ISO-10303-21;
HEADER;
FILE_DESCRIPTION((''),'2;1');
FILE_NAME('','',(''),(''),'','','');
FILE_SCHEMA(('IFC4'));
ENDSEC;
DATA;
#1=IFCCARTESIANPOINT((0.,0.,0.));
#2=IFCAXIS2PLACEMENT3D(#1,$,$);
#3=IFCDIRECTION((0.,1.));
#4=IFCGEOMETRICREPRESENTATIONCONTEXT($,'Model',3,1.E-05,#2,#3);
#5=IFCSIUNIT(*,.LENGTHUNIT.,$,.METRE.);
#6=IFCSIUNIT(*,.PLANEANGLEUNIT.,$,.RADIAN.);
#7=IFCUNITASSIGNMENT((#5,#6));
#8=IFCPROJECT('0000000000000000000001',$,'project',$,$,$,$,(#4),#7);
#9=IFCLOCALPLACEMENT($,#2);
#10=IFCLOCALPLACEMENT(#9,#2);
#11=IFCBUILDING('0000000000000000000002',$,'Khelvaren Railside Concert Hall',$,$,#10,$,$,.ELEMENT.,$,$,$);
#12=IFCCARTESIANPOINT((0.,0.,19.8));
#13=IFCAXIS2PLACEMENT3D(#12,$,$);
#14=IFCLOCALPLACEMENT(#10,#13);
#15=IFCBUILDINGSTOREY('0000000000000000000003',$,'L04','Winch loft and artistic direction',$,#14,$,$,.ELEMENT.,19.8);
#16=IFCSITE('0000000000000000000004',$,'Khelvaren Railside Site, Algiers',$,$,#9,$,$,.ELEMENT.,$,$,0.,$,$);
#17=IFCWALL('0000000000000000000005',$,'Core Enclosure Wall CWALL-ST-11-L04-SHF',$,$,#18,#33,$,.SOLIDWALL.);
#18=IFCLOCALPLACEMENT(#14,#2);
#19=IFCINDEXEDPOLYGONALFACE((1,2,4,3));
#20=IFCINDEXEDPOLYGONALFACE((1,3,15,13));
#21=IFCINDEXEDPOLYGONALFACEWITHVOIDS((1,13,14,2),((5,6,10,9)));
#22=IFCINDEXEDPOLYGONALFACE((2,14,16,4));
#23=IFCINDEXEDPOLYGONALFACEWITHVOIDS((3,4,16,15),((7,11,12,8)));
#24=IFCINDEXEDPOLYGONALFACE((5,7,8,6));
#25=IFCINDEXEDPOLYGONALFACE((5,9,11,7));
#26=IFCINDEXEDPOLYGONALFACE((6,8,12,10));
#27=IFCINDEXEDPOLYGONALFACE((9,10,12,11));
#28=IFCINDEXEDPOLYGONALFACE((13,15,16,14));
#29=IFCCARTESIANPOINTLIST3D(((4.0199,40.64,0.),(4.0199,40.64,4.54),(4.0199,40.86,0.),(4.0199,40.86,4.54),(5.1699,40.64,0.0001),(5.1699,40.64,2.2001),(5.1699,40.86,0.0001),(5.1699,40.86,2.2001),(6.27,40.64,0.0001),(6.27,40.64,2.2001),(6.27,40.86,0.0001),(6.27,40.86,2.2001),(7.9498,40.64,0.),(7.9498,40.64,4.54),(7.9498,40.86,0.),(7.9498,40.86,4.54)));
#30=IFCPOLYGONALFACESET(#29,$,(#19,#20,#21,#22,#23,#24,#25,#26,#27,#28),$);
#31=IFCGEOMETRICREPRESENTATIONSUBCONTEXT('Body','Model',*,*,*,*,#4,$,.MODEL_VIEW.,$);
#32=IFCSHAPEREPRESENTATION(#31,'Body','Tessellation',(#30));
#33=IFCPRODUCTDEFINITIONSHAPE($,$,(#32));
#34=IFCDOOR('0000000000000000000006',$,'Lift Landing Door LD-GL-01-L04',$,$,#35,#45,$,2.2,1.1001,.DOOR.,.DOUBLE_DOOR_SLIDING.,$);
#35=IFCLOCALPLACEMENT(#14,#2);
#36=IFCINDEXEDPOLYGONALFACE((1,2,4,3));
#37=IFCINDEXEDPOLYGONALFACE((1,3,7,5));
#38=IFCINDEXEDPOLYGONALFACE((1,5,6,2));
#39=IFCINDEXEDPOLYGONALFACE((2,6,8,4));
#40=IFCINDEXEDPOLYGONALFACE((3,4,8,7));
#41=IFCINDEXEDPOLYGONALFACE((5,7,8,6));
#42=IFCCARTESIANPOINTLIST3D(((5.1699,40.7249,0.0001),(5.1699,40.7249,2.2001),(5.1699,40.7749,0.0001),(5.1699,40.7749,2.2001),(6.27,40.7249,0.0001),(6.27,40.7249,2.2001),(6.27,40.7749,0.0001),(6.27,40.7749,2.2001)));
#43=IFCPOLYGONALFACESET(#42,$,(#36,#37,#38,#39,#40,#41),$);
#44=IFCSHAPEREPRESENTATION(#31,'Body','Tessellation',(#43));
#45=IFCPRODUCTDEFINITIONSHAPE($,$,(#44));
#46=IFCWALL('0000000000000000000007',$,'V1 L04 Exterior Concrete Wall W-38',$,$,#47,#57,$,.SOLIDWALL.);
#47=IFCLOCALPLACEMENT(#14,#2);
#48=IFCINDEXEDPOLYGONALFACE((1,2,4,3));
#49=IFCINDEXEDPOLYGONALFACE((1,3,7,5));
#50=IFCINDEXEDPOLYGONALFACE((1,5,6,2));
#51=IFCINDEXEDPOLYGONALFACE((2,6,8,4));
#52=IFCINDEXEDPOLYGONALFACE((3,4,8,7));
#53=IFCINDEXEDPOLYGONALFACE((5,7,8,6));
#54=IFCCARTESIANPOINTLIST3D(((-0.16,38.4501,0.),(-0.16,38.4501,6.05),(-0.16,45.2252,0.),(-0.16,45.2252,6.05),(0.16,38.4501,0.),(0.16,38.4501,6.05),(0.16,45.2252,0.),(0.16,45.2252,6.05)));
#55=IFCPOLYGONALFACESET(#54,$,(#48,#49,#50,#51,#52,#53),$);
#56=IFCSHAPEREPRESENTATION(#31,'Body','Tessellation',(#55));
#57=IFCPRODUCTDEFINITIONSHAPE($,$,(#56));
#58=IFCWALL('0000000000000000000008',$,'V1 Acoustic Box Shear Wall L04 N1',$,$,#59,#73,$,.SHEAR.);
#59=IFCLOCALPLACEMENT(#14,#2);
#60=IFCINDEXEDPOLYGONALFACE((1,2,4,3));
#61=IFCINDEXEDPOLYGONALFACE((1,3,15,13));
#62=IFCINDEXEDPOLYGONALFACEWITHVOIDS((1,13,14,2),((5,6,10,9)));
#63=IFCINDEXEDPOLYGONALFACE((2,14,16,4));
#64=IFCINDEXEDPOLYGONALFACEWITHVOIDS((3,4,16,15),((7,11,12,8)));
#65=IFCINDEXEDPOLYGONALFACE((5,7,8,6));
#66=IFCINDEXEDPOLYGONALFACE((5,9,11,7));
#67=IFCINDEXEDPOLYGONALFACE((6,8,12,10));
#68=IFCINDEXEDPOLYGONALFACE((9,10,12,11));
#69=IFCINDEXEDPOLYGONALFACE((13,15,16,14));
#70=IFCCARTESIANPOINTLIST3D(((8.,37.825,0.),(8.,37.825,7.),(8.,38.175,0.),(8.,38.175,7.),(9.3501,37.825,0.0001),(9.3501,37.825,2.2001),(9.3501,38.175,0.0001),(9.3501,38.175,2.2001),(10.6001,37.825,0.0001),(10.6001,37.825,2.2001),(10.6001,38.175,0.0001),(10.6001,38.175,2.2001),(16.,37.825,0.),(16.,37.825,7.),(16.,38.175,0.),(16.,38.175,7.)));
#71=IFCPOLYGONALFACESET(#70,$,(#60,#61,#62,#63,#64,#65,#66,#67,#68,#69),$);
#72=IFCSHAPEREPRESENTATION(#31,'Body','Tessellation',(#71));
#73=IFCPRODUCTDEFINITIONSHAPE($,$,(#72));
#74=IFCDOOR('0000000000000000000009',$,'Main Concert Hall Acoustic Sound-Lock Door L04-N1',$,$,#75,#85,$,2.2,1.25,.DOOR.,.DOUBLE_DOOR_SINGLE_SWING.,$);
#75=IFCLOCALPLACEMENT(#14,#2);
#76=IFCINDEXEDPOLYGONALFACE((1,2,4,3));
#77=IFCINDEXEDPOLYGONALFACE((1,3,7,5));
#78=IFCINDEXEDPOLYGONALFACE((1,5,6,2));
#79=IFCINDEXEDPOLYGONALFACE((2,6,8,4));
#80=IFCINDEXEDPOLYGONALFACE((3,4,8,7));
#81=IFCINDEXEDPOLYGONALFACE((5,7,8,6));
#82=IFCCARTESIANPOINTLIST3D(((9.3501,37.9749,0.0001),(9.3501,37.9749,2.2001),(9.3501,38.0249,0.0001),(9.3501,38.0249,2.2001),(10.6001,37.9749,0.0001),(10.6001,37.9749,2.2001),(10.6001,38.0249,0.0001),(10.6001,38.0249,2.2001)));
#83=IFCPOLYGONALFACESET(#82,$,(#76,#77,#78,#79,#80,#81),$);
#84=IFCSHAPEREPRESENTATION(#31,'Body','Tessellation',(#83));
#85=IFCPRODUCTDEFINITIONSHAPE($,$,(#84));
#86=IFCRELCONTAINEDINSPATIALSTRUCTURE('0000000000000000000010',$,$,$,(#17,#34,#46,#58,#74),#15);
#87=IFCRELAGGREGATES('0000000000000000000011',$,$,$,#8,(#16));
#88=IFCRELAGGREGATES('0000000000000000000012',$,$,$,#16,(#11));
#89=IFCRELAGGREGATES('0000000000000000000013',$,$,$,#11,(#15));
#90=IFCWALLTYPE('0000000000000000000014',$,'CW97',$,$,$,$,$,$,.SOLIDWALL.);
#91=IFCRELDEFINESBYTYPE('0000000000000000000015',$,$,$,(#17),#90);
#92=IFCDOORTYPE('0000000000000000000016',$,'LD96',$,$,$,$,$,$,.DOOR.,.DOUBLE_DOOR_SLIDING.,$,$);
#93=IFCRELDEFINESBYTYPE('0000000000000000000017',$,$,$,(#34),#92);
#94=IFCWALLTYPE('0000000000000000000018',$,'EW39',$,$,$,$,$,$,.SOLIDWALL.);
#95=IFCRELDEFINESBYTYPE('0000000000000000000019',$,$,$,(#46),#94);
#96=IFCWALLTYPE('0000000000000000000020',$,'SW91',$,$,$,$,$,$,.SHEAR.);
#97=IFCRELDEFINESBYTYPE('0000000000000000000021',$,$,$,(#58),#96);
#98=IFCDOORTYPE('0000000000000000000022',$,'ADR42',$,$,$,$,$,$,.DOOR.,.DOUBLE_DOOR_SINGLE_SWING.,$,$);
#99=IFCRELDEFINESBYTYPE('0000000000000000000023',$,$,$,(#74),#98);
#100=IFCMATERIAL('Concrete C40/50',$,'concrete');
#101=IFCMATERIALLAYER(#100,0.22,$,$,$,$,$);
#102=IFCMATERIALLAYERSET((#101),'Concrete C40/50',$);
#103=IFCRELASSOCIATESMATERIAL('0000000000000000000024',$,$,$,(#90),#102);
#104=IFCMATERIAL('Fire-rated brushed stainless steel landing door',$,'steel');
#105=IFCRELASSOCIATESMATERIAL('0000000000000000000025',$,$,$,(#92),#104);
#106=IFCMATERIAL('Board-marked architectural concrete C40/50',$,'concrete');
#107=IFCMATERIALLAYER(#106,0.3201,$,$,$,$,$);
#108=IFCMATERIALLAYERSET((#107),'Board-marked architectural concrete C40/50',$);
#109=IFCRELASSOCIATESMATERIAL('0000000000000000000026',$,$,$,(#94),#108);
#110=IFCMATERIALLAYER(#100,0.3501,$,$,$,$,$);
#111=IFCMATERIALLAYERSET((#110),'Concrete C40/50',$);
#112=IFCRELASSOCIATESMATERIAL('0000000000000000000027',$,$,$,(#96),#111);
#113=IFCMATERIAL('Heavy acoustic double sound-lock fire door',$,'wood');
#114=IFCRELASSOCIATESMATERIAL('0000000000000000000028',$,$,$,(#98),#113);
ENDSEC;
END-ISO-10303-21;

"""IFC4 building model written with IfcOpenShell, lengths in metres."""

from ifc_helpers import new_model, si_unit, direction, frame, frame_2d, origin, place, context, subcontext, project, spatial, rectangle, extrude, material, layer, layer_set, type_object, element, fill, save


model = new_model("IFC4")

# Units and contexts
model_context = context("Model", 3, precision=1e-05, world=origin(), true_north=direction((0.0, 1.0)))
body_context = subcontext(model_context, "Body", "Model", "MODEL_VIEW")
ifc_project = project(units=[si_unit("LENGTHUNIT", "METRE"), si_unit("PLANEANGLEUNIT", "RADIAN")], contexts=[model_context])

# Site, building, storey
site_placement = place(None, origin())
site = spatial("IfcSite", under=ifc_project, at=site_placement, Name="Khelvaren Railside Site, Algiers", CompositionType="ELEMENT", RefElevation=0.0)
building_placement = place(site_placement, origin())
building = spatial("IfcBuilding", under=site, at=building_placement, Name="Khelvaren Railside Concert Hall", CompositionType="ELEMENT")
storey_placement = place(building_placement, frame((0.0, 0.0, 19.8)))
storey = spatial("IfcBuildingStorey", under=building, at=storey_placement, Name="L04", Description="Winch loft and artistic direction", CompositionType="ELEMENT", Elevation=19.8)

# Shared definitions
ifc_material_1 = material(Name="Concrete C40/50", Category="concrete")

# Wall, opening, door
ifc_layer_1 = layer(ifc_material_1, 0.22)
ifc_layer_set_1 = layer_set([ifc_layer_1], Name="Concrete C40/50")
wall_type_1 = type_object("IfcWallType", Name="CW97", PredefinedType="SOLIDWALL", material=ifc_layer_set_1)
wall_1_placement = place(storey_placement, frame((4.02, 40.75, 0.0), z_axis=(0.0, 0.0, 1.0), x_axis=(1.0, 0.0, 0.0)))
wall_1 = element("IfcWall", 1, at=wall_1_placement, inside=storey, type_object=wall_type_1, Name="Core Enclosure Wall CWALL-ST-11-L04-SHF", PredefinedType="SOLIDWALL", context=body_context, shape_type="SweptSolid", body=[
    extrude(rectangle(XDim=3.9299, YDim=0.22, at=frame_2d((1.9648, 0.0))), origin(), (0.0, 0.0, 1.0), 4.54),
])
opening_1_placement = place(wall_1_placement, frame((1.1499, 0.0, 0.0)))
opening_1 = element("IfcOpeningElement", 2, at=opening_1_placement, cuts=wall_1, PredefinedType="OPENING", context=body_context, shape_type="SweptSolid", body=[
    extrude(rectangle(XDim=1.1001, YDim=2.2, at=frame_2d((0.55, 1.1001))), frame((0.0, 0.1199, 0.0), z_axis=(0.0, -1.0, 0.0), x_axis=(1.0, 0.0, 0.0)), (0.0, 0.0, 1.0), 0.24),
])
ifc_material_2 = material(Name="Fire-rated brushed stainless steel landing door", Category="steel")
door_type_1 = type_object("IfcDoorType", Name="LD96", OperationType="DOUBLE_DOOR_SLIDING", PredefinedType="DOOR", material=ifc_material_2)
door_1_placement = place(opening_1_placement, origin())
door_1 = element("IfcDoor", 3, at=door_1_placement, inside=storey, type_object=door_type_1, Name="Lift Landing Door LD-GL-01-L04", OperationType="DOUBLE_DOOR_SLIDING", OverallHeight=2.2, OverallWidth=1.1001, PredefinedType="DOOR", context=body_context, shape_type="SweptSolid", body=[
    extrude(rectangle(XDim=1.1001, YDim=2.2, at=frame_2d((0.55, 1.1001))), frame((0.0, 0.0249, 0.0), z_axis=(0.0, -1.0, 0.0), x_axis=(1.0, 0.0, 0.0)), (0.0, 0.0, 1.0), 0.05),
])
fill(opening_1, door_1)

# Wall
ifc_material_3 = material(Name="Board-marked architectural concrete C40/50", Category="concrete")
ifc_layer_2 = layer(ifc_material_3, 0.3201)
ifc_layer_set_2 = layer_set([ifc_layer_2], Name="Board-marked architectural concrete C40/50")
wall_type_2 = type_object("IfcWallType", Name="EW39", PredefinedType="SOLIDWALL", material=ifc_layer_set_2)
wall_2_placement = place(storey_placement, frame((0.0, 38.45, 0.0), z_axis=(0.0, 0.0, 1.0), x_axis=(0.0, 1.0, 0.0)))
element("IfcWall", 4, at=wall_2_placement, inside=storey, type_object=wall_type_2, Name="V1 L04 Exterior Concrete Wall W-38", PredefinedType="SOLIDWALL", context=body_context, shape_type="SweptSolid", body=[
    extrude(rectangle(XDim=6.7751, YDim=0.3201, at=frame_2d((3.3877, 0.0))), origin(), (0.0, 0.0, 1.0), 6.05),
])

# Wall, opening, door
ifc_layer_3 = layer(ifc_material_1, 0.3501)
ifc_layer_set_3 = layer_set([ifc_layer_3], Name="Concrete C40/50")
wall_type_3 = type_object("IfcWallType", Name="SW91", PredefinedType="SHEAR", material=ifc_layer_set_3)
wall_3_placement = place(storey_placement, frame((8.0, 38.0, 0.0), z_axis=(0.0, 0.0, 1.0), x_axis=(1.0, 0.0, 0.0)))
wall_3 = element("IfcWall", 5, at=wall_3_placement, inside=storey, type_object=wall_type_3, Name="V1 Acoustic Box Shear Wall L04 N1", PredefinedType="SHEAR", context=body_context, shape_type="SweptSolid", body=[
    extrude(rectangle(XDim=8.0, YDim=0.3501, at=frame_2d((4.0, 0.0))), origin(), (0.0, 0.0, 1.0), 7.0),
])
opening_2_placement = place(wall_3_placement, frame((1.3501, 0.0, 0.0)))
opening_2 = element("IfcOpeningElement", 6, at=opening_2_placement, cuts=wall_3, PredefinedType="OPENING", context=body_context, shape_type="SweptSolid", body=[
    extrude(rectangle(XDim=1.25, YDim=2.2, at=frame_2d((0.625, 1.1001))), frame((0.0, 0.1851, 0.0), z_axis=(0.0, -1.0, 0.0), x_axis=(1.0, 0.0, 0.0)), (0.0, 0.0, 1.0), 0.3701),
])
ifc_material_4 = material(Name="Heavy acoustic double sound-lock fire door", Category="wood")
door_type_2 = type_object("IfcDoorType", Name="ADR42", OperationType="DOUBLE_DOOR_SINGLE_SWING", PredefinedType="DOOR", material=ifc_material_4)
door_2_placement = place(opening_2_placement, origin())
door_2 = element("IfcDoor", 7, at=door_2_placement, inside=storey, type_object=door_type_2, Name="Main Concert Hall Acoustic Sound-Lock Door L04-N1", OperationType="DOUBLE_DOOR_SINGLE_SWING", OverallHeight=2.2, OverallWidth=1.25, PredefinedType="DOOR", context=body_context, shape_type="SweptSolid", body=[
    extrude(rectangle(XDim=1.25, YDim=2.2, at=frame_2d((0.625, 1.1001))), frame((0.0, 0.0249, 0.0), z_axis=(0.0, -1.0, 0.0), x_axis=(1.0, 0.0, 0.0)), (0.0, 0.0, 1.0), 0.05),
])
fill(opening_2, door_2)

save(model, "model.ifc")
